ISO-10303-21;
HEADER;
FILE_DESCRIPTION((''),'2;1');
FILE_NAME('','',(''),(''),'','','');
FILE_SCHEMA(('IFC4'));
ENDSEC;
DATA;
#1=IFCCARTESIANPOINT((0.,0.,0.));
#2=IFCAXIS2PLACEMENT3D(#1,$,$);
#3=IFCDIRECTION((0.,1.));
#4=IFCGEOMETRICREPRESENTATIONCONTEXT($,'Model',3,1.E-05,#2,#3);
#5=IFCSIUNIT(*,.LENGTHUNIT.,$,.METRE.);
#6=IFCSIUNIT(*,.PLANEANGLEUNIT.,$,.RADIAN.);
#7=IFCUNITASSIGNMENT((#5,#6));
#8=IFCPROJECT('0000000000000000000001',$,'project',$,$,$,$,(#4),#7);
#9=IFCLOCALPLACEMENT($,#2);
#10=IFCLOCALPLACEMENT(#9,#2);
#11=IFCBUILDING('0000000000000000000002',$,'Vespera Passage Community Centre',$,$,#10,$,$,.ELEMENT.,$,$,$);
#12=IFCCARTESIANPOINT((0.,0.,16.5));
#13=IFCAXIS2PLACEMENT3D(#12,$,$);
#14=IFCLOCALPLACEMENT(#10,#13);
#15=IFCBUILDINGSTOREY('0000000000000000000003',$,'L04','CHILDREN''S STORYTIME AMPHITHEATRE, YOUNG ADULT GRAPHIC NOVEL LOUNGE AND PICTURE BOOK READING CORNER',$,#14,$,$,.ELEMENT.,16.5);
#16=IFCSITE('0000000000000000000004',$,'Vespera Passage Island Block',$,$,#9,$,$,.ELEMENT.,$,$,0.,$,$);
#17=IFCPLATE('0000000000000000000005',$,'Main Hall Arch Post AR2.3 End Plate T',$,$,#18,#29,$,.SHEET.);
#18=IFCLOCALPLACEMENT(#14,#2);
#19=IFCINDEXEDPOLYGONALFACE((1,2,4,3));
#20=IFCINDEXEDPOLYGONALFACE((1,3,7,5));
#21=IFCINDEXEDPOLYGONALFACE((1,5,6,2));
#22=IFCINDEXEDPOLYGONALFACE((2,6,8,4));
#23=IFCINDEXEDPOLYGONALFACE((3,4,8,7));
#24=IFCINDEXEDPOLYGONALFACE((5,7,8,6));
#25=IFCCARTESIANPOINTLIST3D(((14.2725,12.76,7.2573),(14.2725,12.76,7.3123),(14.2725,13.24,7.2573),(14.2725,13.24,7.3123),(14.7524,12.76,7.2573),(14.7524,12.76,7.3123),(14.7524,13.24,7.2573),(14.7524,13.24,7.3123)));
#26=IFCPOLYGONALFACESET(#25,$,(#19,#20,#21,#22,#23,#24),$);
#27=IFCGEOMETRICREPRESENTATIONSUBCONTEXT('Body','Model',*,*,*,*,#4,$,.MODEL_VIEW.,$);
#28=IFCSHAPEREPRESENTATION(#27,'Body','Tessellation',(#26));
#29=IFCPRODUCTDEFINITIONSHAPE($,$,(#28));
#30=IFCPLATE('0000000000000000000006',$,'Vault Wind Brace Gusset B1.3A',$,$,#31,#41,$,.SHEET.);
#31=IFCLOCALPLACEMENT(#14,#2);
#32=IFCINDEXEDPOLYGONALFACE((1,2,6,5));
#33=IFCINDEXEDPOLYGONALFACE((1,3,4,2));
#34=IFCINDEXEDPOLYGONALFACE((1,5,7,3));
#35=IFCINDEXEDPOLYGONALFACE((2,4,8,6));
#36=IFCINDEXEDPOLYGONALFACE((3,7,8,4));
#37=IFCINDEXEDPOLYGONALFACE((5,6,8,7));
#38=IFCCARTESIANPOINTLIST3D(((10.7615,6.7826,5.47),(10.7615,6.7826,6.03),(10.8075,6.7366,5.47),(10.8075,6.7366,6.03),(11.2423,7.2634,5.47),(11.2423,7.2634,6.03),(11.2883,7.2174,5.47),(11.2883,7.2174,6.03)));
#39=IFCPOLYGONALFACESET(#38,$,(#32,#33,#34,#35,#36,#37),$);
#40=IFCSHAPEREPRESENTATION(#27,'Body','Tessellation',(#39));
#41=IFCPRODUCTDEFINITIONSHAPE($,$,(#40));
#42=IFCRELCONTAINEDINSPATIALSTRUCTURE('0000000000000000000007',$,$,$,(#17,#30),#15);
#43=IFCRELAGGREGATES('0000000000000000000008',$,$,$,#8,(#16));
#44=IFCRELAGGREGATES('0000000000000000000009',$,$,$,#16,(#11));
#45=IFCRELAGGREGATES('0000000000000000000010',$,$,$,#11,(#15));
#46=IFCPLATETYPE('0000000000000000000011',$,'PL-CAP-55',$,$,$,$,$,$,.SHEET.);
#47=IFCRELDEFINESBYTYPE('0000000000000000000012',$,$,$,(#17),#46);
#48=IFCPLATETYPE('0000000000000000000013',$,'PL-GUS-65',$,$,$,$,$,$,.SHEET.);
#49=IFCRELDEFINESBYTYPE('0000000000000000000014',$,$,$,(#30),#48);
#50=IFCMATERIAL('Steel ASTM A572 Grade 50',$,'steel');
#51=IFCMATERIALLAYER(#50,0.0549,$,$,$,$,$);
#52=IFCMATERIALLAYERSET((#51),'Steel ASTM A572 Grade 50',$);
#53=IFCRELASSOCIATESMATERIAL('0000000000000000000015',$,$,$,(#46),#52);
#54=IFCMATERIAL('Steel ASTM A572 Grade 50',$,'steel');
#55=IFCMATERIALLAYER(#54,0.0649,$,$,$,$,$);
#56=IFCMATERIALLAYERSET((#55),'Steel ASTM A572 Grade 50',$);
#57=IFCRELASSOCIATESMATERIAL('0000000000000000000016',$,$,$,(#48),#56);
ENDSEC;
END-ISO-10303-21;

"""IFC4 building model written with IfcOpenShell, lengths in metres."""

from ifc_helpers import new_model, si_unit, direction, frame, origin, origin_2d, place, context, subcontext, project, spatial, rectangle, extrude, material, layer, layer_set, type_object, element, save


model = new_model("IFC4")

# Units and contexts
model_context = context("Model", 3, precision=1e-05, world=origin(), true_north=direction((0.0, 1.0)))
body_context = subcontext(model_context, "Body", "Model", "MODEL_VIEW")
ifc_project = project(units=[si_unit("LENGTHUNIT", "METRE"), si_unit("PLANEANGLEUNIT", "RADIAN")], contexts=[model_context])

# Site, building, storey
site_placement = place(None, origin())
site = spatial("IfcSite", under=ifc_project, at=site_placement, Name="Vespera Passage Island Block", CompositionType="ELEMENT", RefElevation=0.0)
building_placement = place(site_placement, origin())
building = spatial("IfcBuilding", under=site, at=building_placement, Name="Vespera Passage Community Centre", CompositionType="ELEMENT")
storey_placement = place(building_placement, frame((0.0, 0.0, 16.5)))
storey = spatial("IfcBuildingStorey", under=building, at=storey_placement, Name="L04", Description="CHILDREN'S STORYTIME AMPHITHEATRE, YOUNG ADULT GRAPHIC NOVEL LOUNGE AND PICTURE BOOK READING CORNER", CompositionType="ELEMENT", Elevation=16.5)

# Plates
ifc_material_1 = material(Name="Steel ASTM A572 Grade 50", Category="steel")
ifc_layer_1 = layer(ifc_material_1, 0.0549)
ifc_layer_set_1 = layer_set([ifc_layer_1], Name="Steel ASTM A572 Grade 50")
plate_type_1 = type_object("IfcPlateType", Name="PL-CAP-55", PredefinedType="SHEET", material=ifc_layer_set_1)
for number, where, z_axis, x_axis, name in (
    (1, (14.5125, 13.0, 7.2573), (0.0, 0.0, 1.0), (1.0, 0.0, 0.0), "Main Hall Arch Post AR2.3 End Plate T"),
):
    element("IfcPlate", number, at=place(storey_placement, frame(where, z_axis=z_axis, x_axis=x_axis)), inside=storey, type_object=plate_type_1, Name=name, PredefinedType="SHEET", context=body_context, shape_type="SweptSolid", body=[
        extrude(rectangle(XDim=0.48, YDim=0.48, at=origin_2d()), origin(), (0.0, 0.0, 1.0), 0.0549),
    ])
ifc_material_2 = material(Name="Steel ASTM A572 Grade 50", Category="steel")
ifc_layer_2 = layer(ifc_material_2, 0.0649)
ifc_layer_set_2 = layer_set([ifc_layer_2], Name="Steel ASTM A572 Grade 50")
plate_type_2 = type_object("IfcPlateType", Name="PL-GUS-65", PredefinedType="SHEET", material=ifc_layer_set_2)
plate_placement = place(storey_placement, frame((11.0249, 7.0, 5.47), z_axis=(0.0, 0.0, 1.0), x_axis=(0.707107, 0.707107, 0.0)))
element("IfcPlate", 2, at=plate_placement, inside=storey, type_object=plate_type_2, Name="Vault Wind Brace Gusset B1.3A", PredefinedType="SHEET", context=body_context, shape_type="SweptSolid", body=[
    extrude(rectangle(XDim=0.6799, YDim=0.0649, at=origin_2d()), origin(), (0.0, 0.0, 1.0), 0.5601),
])

save(model, "model.ifc")
